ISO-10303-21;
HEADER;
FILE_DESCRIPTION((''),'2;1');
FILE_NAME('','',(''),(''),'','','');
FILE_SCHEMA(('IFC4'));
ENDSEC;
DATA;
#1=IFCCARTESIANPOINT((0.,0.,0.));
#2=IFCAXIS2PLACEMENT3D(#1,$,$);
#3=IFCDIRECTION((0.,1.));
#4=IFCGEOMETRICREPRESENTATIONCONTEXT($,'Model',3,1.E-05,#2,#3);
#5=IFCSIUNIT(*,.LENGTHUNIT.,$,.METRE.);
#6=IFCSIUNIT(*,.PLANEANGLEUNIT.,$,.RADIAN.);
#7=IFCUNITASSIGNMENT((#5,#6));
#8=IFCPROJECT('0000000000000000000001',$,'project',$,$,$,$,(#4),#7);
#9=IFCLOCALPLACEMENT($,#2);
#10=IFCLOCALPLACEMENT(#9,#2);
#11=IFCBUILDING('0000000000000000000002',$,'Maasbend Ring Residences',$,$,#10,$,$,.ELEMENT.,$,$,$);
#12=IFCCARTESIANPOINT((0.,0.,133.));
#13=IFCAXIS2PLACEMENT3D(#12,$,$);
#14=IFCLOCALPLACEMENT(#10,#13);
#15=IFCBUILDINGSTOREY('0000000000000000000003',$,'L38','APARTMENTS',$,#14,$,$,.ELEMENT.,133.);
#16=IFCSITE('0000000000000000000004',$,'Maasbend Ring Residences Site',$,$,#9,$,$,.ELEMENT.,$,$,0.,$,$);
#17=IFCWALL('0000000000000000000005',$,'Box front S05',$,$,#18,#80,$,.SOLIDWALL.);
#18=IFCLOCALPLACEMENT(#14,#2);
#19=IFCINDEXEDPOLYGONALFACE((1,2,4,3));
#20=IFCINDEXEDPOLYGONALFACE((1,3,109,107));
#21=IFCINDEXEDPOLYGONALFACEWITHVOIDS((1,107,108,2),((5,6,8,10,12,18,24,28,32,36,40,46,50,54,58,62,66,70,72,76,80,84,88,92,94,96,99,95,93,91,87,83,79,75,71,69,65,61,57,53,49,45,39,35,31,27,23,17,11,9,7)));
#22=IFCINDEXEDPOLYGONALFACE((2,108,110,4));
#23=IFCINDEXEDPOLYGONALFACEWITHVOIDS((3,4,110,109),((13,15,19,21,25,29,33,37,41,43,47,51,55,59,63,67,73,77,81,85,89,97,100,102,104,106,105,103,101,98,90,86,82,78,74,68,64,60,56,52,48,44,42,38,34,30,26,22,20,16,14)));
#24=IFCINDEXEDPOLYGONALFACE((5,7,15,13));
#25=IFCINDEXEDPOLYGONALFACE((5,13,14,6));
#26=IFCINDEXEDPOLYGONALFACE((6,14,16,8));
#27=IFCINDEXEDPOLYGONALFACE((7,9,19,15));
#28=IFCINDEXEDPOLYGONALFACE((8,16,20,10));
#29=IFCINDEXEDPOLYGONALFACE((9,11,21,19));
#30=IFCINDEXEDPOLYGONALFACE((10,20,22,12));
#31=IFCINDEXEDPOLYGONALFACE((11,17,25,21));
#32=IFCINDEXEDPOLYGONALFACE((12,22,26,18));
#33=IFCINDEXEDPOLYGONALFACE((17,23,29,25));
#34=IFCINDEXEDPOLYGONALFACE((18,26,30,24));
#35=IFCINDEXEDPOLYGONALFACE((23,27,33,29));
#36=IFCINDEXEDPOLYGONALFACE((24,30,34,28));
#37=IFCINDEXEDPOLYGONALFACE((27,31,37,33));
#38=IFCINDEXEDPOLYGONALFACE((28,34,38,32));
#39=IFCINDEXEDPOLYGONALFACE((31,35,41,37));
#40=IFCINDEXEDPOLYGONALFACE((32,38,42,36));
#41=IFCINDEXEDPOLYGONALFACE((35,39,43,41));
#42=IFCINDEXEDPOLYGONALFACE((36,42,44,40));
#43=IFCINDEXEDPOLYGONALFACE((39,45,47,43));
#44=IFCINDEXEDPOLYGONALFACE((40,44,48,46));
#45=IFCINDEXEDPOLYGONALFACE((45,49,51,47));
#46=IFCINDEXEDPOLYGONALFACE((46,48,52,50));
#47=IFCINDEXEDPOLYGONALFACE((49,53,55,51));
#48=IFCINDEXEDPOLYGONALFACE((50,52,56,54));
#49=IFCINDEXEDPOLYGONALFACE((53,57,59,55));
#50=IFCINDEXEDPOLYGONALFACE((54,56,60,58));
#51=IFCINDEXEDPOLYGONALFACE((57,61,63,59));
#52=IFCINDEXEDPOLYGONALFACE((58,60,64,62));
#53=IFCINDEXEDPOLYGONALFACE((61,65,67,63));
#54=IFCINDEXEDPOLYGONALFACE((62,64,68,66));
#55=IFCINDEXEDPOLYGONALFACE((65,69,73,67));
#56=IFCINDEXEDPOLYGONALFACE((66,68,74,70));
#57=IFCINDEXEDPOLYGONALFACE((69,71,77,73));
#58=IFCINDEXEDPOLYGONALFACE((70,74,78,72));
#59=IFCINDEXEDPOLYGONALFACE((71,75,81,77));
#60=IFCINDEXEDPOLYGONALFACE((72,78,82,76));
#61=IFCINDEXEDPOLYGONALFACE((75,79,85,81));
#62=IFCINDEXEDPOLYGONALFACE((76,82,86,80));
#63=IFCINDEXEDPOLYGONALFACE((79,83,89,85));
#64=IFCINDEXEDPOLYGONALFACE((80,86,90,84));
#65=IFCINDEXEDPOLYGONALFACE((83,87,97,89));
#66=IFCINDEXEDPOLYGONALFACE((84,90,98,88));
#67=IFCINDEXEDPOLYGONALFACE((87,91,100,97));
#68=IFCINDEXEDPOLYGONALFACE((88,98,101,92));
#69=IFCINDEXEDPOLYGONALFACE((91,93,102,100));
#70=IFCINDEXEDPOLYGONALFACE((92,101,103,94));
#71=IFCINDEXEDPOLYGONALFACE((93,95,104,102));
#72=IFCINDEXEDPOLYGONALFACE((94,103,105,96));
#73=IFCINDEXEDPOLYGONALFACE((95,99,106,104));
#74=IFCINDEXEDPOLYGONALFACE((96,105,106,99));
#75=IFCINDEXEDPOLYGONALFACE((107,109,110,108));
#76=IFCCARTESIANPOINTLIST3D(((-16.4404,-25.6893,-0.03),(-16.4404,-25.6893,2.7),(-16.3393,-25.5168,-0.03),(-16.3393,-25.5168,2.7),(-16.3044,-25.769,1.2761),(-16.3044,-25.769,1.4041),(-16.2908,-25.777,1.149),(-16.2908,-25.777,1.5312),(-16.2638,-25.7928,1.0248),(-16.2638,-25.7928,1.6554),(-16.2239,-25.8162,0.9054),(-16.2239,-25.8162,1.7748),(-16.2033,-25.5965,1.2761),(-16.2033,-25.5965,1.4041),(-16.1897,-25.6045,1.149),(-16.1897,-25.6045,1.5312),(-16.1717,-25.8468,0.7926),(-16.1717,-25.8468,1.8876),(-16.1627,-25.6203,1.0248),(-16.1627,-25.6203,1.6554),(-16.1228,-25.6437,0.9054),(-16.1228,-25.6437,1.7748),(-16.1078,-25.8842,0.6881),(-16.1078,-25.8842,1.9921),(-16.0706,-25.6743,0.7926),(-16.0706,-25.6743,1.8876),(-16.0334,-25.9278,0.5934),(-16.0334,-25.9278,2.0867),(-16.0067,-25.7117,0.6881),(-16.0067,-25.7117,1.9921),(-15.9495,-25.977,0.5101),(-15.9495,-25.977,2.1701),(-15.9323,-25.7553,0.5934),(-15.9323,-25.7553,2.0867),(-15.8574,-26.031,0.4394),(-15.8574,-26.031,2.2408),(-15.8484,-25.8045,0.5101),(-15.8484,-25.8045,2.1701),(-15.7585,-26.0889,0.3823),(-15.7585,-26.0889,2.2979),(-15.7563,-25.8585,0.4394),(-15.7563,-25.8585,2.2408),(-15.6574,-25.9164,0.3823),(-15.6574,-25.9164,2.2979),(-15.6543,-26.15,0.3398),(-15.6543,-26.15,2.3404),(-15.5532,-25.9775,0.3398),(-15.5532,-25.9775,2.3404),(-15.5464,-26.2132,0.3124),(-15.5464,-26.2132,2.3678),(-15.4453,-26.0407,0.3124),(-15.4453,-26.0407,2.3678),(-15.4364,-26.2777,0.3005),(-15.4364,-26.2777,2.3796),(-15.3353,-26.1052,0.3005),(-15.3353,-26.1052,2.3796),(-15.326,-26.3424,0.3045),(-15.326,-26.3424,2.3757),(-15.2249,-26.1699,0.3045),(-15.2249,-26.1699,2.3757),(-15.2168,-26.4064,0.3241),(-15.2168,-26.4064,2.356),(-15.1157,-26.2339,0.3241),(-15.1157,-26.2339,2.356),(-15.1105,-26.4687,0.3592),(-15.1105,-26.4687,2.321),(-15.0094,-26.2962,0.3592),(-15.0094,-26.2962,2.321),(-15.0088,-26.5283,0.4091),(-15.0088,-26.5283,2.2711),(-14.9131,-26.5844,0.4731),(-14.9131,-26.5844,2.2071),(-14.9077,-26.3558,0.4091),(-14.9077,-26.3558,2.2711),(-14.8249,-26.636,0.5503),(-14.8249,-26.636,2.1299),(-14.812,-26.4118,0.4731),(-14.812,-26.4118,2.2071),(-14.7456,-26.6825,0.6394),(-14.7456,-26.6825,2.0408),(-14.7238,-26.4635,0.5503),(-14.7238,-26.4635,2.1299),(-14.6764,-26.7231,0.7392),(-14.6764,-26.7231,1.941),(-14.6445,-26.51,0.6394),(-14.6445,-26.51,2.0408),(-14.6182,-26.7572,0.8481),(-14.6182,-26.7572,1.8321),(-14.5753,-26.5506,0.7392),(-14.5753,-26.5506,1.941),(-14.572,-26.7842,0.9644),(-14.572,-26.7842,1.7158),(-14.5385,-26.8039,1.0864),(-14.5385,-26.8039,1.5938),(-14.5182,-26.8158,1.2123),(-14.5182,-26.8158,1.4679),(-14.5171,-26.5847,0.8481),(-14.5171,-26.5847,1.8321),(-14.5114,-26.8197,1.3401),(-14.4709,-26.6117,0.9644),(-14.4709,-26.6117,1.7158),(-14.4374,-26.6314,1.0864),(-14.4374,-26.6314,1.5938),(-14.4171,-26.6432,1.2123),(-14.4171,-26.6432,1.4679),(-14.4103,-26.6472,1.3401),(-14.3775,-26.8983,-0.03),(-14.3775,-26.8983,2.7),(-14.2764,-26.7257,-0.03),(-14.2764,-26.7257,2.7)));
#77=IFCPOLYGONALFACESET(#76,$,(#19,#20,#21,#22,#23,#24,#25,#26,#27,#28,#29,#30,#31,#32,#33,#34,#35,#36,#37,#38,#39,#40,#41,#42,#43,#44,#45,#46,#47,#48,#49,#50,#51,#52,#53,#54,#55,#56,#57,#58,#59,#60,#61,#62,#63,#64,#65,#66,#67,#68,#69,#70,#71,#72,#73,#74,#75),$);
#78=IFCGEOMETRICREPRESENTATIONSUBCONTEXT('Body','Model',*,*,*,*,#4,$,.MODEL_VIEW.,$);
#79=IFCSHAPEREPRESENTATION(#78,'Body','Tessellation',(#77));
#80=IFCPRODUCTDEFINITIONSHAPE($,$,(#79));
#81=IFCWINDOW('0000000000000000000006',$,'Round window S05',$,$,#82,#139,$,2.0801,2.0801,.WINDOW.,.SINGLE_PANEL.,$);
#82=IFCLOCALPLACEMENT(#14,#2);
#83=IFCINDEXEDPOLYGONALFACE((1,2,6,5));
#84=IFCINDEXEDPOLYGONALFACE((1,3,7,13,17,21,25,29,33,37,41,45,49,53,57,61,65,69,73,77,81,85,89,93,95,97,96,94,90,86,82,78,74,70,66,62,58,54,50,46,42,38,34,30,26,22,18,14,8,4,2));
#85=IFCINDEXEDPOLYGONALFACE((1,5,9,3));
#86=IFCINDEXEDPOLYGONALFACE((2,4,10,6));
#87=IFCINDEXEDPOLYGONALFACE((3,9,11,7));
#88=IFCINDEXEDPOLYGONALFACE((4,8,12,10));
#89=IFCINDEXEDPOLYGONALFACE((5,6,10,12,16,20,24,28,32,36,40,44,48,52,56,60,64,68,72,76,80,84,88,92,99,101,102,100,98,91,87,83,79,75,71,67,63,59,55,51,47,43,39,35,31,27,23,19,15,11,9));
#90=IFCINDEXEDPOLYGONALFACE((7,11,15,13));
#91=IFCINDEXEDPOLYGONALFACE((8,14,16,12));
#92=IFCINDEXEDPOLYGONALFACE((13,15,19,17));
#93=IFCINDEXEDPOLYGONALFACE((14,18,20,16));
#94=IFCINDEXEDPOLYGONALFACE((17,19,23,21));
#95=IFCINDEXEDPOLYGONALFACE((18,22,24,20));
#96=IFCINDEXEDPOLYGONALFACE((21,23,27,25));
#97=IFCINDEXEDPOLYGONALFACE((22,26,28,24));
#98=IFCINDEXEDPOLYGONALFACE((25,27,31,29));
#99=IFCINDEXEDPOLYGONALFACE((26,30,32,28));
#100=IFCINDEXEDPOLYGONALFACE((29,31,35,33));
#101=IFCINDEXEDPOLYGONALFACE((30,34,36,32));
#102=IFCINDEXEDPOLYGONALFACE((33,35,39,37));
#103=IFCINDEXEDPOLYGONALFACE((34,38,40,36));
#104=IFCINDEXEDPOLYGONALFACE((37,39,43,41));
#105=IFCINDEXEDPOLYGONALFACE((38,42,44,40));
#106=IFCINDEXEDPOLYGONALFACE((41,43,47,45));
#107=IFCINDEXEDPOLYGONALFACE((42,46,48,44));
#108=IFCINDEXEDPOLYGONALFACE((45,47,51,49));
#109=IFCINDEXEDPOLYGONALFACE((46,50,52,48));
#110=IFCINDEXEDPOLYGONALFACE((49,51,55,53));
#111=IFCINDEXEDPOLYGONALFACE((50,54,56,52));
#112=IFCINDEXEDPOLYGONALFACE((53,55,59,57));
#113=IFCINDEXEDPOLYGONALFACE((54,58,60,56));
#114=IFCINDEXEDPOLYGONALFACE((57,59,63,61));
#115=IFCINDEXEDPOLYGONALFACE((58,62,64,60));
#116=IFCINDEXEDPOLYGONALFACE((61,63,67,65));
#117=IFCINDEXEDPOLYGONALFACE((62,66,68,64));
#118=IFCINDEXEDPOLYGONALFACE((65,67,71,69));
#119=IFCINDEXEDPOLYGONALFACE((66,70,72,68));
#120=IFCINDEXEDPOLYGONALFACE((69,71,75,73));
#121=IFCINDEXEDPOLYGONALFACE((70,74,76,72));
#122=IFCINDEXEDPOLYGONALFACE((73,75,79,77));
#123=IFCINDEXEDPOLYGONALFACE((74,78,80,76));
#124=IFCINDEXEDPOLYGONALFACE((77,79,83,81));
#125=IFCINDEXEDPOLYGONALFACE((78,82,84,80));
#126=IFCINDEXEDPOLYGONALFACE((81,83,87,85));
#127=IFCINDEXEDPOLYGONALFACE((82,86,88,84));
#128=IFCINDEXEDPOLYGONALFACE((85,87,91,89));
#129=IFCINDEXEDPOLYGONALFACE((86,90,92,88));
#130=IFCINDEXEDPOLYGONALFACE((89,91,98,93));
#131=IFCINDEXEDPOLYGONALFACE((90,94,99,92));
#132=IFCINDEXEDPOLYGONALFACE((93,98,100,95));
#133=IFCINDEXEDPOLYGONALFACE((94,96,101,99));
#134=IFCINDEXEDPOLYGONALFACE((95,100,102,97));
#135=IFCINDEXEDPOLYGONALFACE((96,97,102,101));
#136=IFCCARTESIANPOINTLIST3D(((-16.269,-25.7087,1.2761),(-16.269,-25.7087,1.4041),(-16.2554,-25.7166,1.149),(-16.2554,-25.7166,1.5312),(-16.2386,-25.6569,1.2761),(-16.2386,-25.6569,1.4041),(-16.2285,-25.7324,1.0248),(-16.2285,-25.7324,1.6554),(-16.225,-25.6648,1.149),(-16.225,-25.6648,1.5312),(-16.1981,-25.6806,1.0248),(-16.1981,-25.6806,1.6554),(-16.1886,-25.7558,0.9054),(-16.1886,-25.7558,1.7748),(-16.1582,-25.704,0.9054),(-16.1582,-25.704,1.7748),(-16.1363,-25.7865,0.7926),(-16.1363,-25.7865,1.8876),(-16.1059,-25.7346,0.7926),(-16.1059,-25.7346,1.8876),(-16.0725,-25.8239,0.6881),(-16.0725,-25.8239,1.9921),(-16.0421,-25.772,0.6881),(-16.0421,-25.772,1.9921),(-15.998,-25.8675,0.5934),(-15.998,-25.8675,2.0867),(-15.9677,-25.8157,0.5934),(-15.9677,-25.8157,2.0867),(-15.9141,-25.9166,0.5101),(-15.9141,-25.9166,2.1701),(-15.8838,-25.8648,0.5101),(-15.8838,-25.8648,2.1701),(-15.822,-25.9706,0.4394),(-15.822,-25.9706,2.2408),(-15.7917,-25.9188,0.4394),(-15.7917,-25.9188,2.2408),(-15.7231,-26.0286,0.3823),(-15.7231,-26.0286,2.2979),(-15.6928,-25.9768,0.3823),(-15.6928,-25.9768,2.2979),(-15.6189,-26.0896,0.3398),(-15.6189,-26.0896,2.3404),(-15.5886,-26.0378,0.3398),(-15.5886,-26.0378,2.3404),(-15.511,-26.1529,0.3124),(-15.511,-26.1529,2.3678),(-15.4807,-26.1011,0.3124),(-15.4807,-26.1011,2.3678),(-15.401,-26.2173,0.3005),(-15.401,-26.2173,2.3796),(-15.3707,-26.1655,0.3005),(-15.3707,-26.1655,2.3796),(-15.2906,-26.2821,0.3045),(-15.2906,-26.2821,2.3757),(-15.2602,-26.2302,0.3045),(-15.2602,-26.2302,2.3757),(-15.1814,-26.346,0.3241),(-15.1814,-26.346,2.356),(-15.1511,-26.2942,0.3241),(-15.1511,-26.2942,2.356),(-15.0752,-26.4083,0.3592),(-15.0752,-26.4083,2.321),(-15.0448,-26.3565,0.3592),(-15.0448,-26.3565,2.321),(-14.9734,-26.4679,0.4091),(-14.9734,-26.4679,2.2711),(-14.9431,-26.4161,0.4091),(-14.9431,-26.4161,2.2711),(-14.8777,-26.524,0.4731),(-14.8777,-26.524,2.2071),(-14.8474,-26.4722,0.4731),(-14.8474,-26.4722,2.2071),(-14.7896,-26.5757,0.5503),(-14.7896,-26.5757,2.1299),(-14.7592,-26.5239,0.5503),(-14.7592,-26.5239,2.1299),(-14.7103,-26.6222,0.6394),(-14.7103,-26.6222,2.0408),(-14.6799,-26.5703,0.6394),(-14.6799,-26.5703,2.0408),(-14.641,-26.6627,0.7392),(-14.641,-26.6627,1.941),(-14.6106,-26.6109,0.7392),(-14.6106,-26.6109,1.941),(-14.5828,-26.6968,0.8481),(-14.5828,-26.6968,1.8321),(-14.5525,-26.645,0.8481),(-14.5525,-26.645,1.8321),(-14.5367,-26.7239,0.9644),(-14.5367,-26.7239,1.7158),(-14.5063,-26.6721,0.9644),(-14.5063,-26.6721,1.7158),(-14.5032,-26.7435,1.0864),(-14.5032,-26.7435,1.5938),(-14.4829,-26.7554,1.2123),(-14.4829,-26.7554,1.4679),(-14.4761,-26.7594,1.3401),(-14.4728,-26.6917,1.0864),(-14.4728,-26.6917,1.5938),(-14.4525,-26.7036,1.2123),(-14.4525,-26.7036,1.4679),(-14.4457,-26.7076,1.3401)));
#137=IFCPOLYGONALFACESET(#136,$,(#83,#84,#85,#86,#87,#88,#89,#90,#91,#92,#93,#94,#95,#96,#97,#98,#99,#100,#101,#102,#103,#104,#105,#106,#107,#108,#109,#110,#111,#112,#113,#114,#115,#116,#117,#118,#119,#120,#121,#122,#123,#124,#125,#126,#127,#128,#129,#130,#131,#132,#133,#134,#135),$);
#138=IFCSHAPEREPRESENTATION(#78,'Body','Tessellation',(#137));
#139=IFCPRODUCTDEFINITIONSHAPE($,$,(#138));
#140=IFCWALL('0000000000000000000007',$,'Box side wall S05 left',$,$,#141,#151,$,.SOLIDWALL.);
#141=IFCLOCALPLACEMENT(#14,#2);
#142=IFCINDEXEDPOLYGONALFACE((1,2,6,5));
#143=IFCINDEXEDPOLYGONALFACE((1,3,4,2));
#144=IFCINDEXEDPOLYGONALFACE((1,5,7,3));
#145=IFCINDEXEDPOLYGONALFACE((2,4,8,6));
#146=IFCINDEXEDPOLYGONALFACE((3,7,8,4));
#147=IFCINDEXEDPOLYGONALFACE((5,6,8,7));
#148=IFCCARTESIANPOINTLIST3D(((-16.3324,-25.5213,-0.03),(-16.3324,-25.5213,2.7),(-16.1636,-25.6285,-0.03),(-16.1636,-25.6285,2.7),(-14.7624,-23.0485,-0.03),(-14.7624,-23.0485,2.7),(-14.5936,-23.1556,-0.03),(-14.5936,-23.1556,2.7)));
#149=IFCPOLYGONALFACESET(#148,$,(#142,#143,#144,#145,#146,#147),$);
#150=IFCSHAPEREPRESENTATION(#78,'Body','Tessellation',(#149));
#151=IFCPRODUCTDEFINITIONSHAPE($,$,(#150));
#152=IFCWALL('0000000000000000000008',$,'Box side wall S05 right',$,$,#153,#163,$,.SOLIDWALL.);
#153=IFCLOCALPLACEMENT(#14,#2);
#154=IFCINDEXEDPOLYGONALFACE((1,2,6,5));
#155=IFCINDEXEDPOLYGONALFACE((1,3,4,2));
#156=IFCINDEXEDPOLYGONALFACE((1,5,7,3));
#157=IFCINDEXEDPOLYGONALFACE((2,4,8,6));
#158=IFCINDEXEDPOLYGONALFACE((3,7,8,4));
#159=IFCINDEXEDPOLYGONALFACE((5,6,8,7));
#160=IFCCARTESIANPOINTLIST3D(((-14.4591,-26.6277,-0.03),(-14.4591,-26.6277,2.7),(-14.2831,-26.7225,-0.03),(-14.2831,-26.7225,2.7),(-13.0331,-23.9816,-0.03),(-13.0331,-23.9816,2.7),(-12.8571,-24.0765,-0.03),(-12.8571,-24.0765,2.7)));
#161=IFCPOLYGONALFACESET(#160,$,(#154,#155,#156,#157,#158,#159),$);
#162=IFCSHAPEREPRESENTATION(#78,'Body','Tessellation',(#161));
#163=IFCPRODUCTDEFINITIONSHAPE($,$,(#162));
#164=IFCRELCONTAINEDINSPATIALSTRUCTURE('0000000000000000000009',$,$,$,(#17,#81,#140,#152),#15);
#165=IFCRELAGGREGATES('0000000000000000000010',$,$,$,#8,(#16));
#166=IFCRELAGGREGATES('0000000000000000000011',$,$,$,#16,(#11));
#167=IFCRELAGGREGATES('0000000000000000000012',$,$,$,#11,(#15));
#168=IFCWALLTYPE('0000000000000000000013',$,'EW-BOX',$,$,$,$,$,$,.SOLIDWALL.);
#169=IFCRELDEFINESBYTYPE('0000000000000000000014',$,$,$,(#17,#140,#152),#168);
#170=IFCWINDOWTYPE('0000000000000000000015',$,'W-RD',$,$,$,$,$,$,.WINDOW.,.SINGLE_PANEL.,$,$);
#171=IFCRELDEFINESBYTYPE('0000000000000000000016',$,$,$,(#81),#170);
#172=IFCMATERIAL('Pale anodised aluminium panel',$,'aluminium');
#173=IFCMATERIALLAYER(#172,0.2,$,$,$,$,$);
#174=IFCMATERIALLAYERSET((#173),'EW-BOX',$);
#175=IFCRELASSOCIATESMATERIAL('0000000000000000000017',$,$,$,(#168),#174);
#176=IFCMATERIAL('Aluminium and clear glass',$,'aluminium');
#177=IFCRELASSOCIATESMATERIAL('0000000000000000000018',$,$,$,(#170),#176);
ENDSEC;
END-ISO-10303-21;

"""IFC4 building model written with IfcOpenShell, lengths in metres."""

from ifc_helpers import new_model, si_unit, direction, frame, frame_2d, origin, place, context, subcontext, project, spatial, rectangle, circle, extrude, material, layer, layer_set, type_object, element, fill, save


model = new_model("IFC4")

# Units and contexts
model_context = context("Model", 3, precision=1e-05, world=origin(), true_north=direction((0.0, 1.0)))
body_context = subcontext(model_context, "Body", "Model", "MODEL_VIEW")
ifc_project = project(units=[si_unit("LENGTHUNIT", "METRE"), si_unit("PLANEANGLEUNIT", "RADIAN")], contexts=[model_context])

# Site, building, storey
site_placement = place(None, origin())
site = spatial("IfcSite", under=ifc_project, at=site_placement, Name="Maasbend Ring Residences Site", CompositionType="ELEMENT", RefElevation=0.0)
building_placement = place(site_placement, origin())
building = spatial("IfcBuilding", under=site, at=building_placement, Name="Maasbend Ring Residences", CompositionType="ELEMENT")
storey_placement = place(building_placement, frame((0.0, 0.0, 133.0)))
storey = spatial("IfcBuildingStorey", under=building, at=storey_placement, Name="L38", Description="APARTMENTS", CompositionType="ELEMENT", Elevation=133.0)

# Shared definitions
ifc_material_1 = material(Name="Pale anodised aluminium panel", Category="aluminium")
ifc_layer_1 = layer(ifc_material_1, 0.2)
ifc_layer_set_1 = layer_set([ifc_layer_1], Name="EW-BOX")
wall_type_1 = type_object("IfcWallType", Name="EW-BOX", PredefinedType="SOLIDWALL", material=ifc_layer_set_1)
ifc_material_2 = material(Name="Aluminium and clear glass", Category="aluminium")
window_type_1 = type_object("IfcWindowType", Name="W-RD", PartitioningType="SINGLE_PANEL", PredefinedType="WINDOW", material=ifc_material_2)

# Wall, opening, window
wall_1_placement = place(storey_placement, frame((-16.3899, -25.603, -0.03), z_axis=(0.0, 0.0, 1.0), x_axis=(0.862762, -0.505609, 0.0)))
wall_1 = element("IfcWall", 1, at=wall_1_placement, inside=storey, type_object=wall_type_1, Name="Box front S05", PredefinedType="SOLIDWALL", context=body_context, shape_type="SweptSolid", body=[
    extrude(rectangle(XDim=2.3911, YDim=0.2, at=frame_2d((1.1956, 0.0))), origin(), (0.0, 0.0, 1.0), 2.73),
])
opening_1_placement = place(wall_1_placement, frame((0.1558, 0.0, 0.3301)))
opening_1 = element("IfcOpeningElement", 2, at=opening_1_placement, cuts=wall_1, PredefinedType="OPENING", context=body_context, shape_type="SweptSolid", body=[
    extrude(circle(Radius=1.04, at=frame_2d((1.04, 1.04))), frame((0.0, 0.1099, 0.0), z_axis=(0.0, -1.0, 0.0), x_axis=(1.0, 0.0, 0.0)), (0.0, 0.0, 1.0), 0.22),
])
window_1_placement = place(opening_1_placement, origin())
window_1 = element("IfcWindow", 3, at=window_1_placement, inside=storey, type_object=window_type_1, Name="Round window S05", OverallHeight=2.0801, OverallWidth=2.0801, PartitioningType="SINGLE_PANEL", PredefinedType="WINDOW", context=body_context, shape_type="SweptSolid", body=[
    extrude(circle(Radius=1.04, at=frame_2d((1.04, 1.04))), frame((0.0, 0.03, 0.0), z_axis=(0.0, -1.0, 0.0), x_axis=(1.0, 0.0, 0.0)), (0.0, 0.0, 1.0), 0.0601),
])
fill(opening_1, window_1)

# Walls
wall_2_placement = place(storey_placement, frame((-14.678, -23.1021, -0.03), z_axis=(0.0, 0.0, 1.0), x_axis=(-0.536002, -0.844217, 0.0)))
element("IfcWall", 4, at=wall_2_placement, inside=storey, type_object=wall_type_1, Name="Box side wall S05 left", PredefinedType="SOLIDWALL", context=body_context, shape_type="SweptSolid", body=[
    extrude(rectangle(XDim=2.9292, YDim=0.2, at=frame_2d((1.4646, 0.0))), origin(), (0.0, 0.0, 1.0), 2.73),
])
wall_3_placement = place(storey_placement, frame((-12.9451, -24.0291, -0.03), z_axis=(0.0, 0.0, 1.0), x_axis=(-0.474424, -0.880296, 0.0)))
element("IfcWall", 5, at=wall_3_placement, inside=storey, type_object=wall_type_1, Name="Box side wall S05 right", PredefinedType="SOLIDWALL", context=body_context, shape_type="SweptSolid", body=[
    extrude(rectangle(XDim=3.0059, YDim=0.2, at=frame_2d((1.5029, 0.0))), origin(), (0.0, 0.0, 1.0), 2.73),
])

save(model, "model.ifc")
